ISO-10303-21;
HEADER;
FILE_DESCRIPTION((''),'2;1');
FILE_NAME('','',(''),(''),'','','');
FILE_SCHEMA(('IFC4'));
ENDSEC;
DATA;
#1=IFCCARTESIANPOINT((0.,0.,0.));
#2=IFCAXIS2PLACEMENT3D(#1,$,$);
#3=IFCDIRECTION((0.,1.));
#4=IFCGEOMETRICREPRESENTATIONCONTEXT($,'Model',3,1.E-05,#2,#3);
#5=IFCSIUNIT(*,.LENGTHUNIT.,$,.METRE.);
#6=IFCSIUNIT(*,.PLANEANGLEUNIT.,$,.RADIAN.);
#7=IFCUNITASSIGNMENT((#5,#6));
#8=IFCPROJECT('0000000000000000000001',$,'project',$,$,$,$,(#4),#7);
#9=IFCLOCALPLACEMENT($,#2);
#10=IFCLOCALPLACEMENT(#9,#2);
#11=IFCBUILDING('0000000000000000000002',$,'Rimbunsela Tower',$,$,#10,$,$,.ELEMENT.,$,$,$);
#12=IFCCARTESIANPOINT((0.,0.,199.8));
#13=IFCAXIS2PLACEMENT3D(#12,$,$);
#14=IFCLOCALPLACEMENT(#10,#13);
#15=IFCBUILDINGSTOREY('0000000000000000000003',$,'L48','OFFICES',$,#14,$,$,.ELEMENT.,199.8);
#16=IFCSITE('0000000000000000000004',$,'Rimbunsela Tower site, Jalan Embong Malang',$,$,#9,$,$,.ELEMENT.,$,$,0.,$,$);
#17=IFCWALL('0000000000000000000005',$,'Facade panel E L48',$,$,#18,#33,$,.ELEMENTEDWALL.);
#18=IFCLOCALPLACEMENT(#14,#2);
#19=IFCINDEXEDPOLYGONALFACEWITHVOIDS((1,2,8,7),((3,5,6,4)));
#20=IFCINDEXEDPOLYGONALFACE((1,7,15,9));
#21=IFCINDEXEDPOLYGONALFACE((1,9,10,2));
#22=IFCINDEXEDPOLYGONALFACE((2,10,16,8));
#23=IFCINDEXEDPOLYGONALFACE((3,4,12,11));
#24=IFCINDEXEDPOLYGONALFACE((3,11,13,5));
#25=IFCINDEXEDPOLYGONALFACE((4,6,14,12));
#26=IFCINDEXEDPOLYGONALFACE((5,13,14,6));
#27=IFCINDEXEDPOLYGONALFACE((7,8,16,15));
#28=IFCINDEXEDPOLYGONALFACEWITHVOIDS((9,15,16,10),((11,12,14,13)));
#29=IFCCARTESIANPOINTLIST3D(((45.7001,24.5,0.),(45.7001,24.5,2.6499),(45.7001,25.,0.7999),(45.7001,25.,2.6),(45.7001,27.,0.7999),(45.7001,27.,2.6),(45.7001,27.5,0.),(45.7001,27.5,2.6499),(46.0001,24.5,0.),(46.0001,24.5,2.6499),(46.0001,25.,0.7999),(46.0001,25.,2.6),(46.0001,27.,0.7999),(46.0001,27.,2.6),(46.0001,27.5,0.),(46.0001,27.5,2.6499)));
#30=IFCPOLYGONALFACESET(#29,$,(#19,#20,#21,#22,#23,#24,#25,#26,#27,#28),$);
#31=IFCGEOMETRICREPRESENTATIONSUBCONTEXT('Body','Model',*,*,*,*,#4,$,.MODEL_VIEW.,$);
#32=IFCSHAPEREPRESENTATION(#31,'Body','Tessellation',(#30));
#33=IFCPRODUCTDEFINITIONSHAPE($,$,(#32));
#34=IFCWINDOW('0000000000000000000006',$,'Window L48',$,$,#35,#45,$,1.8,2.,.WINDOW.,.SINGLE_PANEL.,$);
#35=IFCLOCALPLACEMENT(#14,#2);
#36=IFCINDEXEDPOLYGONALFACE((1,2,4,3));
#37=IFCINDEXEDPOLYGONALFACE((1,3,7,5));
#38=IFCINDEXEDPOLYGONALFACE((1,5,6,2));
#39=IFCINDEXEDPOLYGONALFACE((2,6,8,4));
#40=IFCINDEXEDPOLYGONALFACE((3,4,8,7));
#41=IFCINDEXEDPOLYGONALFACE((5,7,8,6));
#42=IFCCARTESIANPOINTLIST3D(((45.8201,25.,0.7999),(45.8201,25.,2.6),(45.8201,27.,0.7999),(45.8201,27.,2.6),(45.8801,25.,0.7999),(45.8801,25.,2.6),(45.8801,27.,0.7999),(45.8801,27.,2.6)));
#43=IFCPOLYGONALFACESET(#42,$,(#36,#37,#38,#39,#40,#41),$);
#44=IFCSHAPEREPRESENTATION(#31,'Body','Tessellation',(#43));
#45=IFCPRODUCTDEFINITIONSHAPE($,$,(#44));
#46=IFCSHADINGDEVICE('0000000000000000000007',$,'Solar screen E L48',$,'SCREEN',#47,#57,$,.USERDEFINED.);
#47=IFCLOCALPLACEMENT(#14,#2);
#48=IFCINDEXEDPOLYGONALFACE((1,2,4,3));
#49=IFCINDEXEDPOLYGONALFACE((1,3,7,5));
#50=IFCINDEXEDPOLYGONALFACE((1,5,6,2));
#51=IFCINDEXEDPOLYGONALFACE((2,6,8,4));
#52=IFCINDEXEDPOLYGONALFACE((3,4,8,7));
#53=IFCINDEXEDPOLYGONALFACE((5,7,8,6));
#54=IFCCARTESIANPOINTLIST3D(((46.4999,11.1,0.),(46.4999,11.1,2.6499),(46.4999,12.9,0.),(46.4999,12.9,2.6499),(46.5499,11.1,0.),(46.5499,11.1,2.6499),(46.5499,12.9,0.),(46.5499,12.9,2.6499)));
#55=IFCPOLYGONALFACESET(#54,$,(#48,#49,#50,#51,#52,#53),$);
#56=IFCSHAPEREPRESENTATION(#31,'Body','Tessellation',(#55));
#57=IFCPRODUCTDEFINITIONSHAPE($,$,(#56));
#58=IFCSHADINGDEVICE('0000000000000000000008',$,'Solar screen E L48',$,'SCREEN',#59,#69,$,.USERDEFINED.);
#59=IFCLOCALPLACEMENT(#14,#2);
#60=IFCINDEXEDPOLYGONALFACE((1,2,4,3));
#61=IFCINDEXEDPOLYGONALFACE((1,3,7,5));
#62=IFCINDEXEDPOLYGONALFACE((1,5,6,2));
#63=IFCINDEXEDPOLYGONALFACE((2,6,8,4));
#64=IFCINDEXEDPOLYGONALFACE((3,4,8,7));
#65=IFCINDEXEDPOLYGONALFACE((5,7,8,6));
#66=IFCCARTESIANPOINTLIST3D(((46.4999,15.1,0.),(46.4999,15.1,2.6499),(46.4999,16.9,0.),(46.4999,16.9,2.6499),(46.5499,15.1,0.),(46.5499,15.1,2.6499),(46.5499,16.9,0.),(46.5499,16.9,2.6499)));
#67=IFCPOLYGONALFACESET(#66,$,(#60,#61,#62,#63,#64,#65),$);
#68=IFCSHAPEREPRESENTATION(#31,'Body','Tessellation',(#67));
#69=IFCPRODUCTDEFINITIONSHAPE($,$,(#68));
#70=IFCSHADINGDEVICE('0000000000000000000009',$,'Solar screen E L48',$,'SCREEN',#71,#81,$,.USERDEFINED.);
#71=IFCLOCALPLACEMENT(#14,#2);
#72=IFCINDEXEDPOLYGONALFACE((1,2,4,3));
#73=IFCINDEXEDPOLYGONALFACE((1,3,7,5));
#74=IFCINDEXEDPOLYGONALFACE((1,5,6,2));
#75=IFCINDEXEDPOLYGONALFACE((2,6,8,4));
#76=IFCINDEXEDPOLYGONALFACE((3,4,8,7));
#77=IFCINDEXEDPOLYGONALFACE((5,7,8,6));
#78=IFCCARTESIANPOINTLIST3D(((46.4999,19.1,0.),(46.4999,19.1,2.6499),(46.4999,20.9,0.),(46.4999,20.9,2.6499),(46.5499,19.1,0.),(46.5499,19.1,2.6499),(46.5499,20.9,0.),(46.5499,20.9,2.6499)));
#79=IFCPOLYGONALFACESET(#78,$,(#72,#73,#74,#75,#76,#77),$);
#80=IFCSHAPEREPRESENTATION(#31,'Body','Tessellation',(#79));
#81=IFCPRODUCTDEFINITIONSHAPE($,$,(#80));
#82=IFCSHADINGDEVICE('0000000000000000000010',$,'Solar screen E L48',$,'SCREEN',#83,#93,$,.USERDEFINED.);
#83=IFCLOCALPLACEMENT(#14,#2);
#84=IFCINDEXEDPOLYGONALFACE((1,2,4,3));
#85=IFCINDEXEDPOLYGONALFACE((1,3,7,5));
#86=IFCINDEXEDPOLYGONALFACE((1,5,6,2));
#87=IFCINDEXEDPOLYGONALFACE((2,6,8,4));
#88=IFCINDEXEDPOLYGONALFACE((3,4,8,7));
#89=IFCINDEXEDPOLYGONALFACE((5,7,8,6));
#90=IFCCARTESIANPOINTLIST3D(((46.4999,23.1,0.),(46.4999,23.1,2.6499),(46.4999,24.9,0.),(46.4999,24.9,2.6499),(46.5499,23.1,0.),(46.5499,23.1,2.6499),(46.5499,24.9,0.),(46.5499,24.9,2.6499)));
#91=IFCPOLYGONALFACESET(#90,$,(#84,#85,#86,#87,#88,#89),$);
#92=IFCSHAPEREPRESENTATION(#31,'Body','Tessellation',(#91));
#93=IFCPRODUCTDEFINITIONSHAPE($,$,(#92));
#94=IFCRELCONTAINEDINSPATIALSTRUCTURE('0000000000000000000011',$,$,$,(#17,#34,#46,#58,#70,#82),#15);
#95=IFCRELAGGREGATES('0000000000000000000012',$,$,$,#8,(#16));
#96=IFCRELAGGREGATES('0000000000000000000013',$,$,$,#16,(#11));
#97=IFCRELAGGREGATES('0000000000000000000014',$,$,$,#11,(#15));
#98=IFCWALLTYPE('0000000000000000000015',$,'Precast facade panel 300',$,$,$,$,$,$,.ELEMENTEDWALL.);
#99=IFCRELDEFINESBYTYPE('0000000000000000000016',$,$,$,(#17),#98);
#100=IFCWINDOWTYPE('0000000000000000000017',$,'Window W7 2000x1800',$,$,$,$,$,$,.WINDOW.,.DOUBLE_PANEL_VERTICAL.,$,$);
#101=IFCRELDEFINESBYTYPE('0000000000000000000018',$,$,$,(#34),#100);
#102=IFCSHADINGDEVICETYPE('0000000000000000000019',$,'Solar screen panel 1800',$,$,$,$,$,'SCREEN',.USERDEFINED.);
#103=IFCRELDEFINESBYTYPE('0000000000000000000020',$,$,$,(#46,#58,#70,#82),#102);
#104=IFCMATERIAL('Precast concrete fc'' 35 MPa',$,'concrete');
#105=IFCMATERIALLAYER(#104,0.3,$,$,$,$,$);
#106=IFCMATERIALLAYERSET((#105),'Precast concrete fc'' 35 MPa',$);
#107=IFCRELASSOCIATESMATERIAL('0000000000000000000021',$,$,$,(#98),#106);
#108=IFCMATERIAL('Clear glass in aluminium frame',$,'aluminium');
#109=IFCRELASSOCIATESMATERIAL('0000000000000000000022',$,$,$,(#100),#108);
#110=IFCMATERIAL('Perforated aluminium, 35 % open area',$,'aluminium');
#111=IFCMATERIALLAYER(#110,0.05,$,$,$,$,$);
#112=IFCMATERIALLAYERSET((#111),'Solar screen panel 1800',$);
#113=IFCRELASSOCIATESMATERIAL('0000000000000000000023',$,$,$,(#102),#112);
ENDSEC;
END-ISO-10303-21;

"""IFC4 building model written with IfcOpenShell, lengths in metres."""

from ifc_helpers import new_model, si_unit, direction, frame, frame_2d, origin, origin_2d, place, context, subcontext, project, spatial, rectangle, extrude, material, layer, layer_set, type_object, element, fill, save


model = new_model("IFC4")

# Units and contexts
model_context = context("Model", 3, precision=1e-05, world=origin(), true_north=direction((0.0, 1.0)))
body_context = subcontext(model_context, "Body", "Model", "MODEL_VIEW")
ifc_project = project(units=[si_unit("LENGTHUNIT", "METRE"), si_unit("PLANEANGLEUNIT", "RADIAN")], contexts=[model_context])

# Site, building, storey
site_placement = place(None, origin())
site = spatial("IfcSite", under=ifc_project, at=site_placement, Name="Rimbunsela Tower site, Jalan Embong Malang", CompositionType="ELEMENT", RefElevation=0.0)
building_placement = place(site_placement, origin())
building = spatial("IfcBuilding", under=site, at=building_placement, Name="Rimbunsela Tower", CompositionType="ELEMENT")
storey_placement = place(building_placement, frame((0.0, 0.0, 199.8)))
storey = spatial("IfcBuildingStorey", under=building, at=storey_placement, Name="L48", Description="OFFICES", CompositionType="ELEMENT", Elevation=199.8)

# Shared definitions
ifc_material_1 = material(Name="Precast concrete fc' 35 MPa", Category="concrete")
ifc_layer_1 = layer(ifc_material_1, 0.3)
ifc_layer_set_1 = layer_set([ifc_layer_1], Name="Precast concrete fc' 35 MPa")
wall_type_1 = type_object("IfcWallType", Name="Precast facade panel 300", PredefinedType="ELEMENTEDWALL", material=ifc_layer_set_1)

# Wall, opening, window
ifc_material_2 = material(Name="Clear glass in aluminium frame", Category="aluminium")
window_type = type_object("IfcWindowType", Name="Window W7 2000x1800", PartitioningType="DOUBLE_PANEL_VERTICAL", PredefinedType="WINDOW", material=ifc_material_2)
wall_1_placement = place(storey_placement, frame((45.8501, 24.5, 0.0), z_axis=(0.0, 0.0, 1.0), x_axis=(0.0, 1.0, 0.0)))
wall_1 = element("IfcWall", 1, at=wall_1_placement, inside=storey, type_object=wall_type_1, Name="Facade panel E L48", PredefinedType="ELEMENTEDWALL", context=body_context, shape_type="SweptSolid", body=[
    extrude(rectangle(XDim=3.0, YDim=0.3, at=frame_2d((1.5, 0.0))), origin(), (0.0, 0.0, 1.0), 2.6499),
])
opening_1_placement = place(wall_1_placement, frame((0.5, 0.0, 0.8)))
opening_1 = element("IfcOpeningElement", 2, at=opening_1_placement, cuts=wall_1, PredefinedType="OPENING", context=body_context, shape_type="SweptSolid", body=[
    extrude(rectangle(XDim=2.0, YDim=1.8, at=frame_2d((1.0, 0.8999))), frame((0.0, 0.1599, 0.0), z_axis=(0.0, -1.0, 0.0), x_axis=(1.0, 0.0, 0.0)), (0.0, 0.0, 1.0), 0.3201),
])
window_1_placement = place(opening_1_placement, origin())
window_1 = element("IfcWindow", 3, at=window_1_placement, inside=storey, type_object=window_type, Name="Window L48", OverallHeight=1.8, OverallWidth=2.0, PartitioningType="SINGLE_PANEL", PredefinedType="WINDOW", context=body_context, shape_type="SweptSolid", body=[
    extrude(rectangle(XDim=2.0, YDim=1.8, at=frame_2d((1.0, 0.8999))), frame((0.0, 0.03, 0.0), z_axis=(0.0, -1.0, 0.0), x_axis=(1.0, 0.0, 0.0)), (0.0, 0.0, 1.0), 0.0601),
])
fill(opening_1, window_1)

# Shading devices
ifc_material_3 = material(Name="Perforated aluminium, 35 % open area", Category="aluminium")
ifc_layer_2 = layer(ifc_material_3, 0.05)
ifc_layer_set_2 = layer_set([ifc_layer_2], Name="Solar screen panel 1800")
shading_device_type = type_object("IfcShadingDeviceType", Name="Solar screen panel 1800", ElementType="SCREEN", PredefinedType="USERDEFINED", material=ifc_layer_set_2)
for number, where, z_axis, x_axis, name in (
    (4, (46.5249, 12.0, 0.0), (0.0, 0.0, 1.0), (0.0, 1.0, 0.0), "Solar screen E L48"),
    (5, (46.5249, 16.0, 0.0), (0.0, 0.0, 1.0), (0.0, 1.0, 0.0), "Solar screen E L48"),
    (6, (46.5249, 20.0, 0.0), (0.0, 0.0, 1.0), (0.0, 1.0, 0.0), "Solar screen E L48"),
    (7, (46.5249, 24.0, 0.0), (0.0, 0.0, 1.0), (0.0, 1.0, 0.0), "Solar screen E L48"),
):
    element("IfcShadingDevice", number, at=place(storey_placement, frame(where, z_axis=z_axis, x_axis=x_axis)), inside=storey, type_object=shading_device_type, Name=name, ObjectType="SCREEN", PredefinedType="USERDEFINED", context=body_context, shape_type="SweptSolid", body=[
        extrude(rectangle(XDim=1.8, YDim=0.05, at=origin_2d()), origin(), (0.0, 0.0, 1.0), 2.6499),
    ])

save(model, "model.ifc")
